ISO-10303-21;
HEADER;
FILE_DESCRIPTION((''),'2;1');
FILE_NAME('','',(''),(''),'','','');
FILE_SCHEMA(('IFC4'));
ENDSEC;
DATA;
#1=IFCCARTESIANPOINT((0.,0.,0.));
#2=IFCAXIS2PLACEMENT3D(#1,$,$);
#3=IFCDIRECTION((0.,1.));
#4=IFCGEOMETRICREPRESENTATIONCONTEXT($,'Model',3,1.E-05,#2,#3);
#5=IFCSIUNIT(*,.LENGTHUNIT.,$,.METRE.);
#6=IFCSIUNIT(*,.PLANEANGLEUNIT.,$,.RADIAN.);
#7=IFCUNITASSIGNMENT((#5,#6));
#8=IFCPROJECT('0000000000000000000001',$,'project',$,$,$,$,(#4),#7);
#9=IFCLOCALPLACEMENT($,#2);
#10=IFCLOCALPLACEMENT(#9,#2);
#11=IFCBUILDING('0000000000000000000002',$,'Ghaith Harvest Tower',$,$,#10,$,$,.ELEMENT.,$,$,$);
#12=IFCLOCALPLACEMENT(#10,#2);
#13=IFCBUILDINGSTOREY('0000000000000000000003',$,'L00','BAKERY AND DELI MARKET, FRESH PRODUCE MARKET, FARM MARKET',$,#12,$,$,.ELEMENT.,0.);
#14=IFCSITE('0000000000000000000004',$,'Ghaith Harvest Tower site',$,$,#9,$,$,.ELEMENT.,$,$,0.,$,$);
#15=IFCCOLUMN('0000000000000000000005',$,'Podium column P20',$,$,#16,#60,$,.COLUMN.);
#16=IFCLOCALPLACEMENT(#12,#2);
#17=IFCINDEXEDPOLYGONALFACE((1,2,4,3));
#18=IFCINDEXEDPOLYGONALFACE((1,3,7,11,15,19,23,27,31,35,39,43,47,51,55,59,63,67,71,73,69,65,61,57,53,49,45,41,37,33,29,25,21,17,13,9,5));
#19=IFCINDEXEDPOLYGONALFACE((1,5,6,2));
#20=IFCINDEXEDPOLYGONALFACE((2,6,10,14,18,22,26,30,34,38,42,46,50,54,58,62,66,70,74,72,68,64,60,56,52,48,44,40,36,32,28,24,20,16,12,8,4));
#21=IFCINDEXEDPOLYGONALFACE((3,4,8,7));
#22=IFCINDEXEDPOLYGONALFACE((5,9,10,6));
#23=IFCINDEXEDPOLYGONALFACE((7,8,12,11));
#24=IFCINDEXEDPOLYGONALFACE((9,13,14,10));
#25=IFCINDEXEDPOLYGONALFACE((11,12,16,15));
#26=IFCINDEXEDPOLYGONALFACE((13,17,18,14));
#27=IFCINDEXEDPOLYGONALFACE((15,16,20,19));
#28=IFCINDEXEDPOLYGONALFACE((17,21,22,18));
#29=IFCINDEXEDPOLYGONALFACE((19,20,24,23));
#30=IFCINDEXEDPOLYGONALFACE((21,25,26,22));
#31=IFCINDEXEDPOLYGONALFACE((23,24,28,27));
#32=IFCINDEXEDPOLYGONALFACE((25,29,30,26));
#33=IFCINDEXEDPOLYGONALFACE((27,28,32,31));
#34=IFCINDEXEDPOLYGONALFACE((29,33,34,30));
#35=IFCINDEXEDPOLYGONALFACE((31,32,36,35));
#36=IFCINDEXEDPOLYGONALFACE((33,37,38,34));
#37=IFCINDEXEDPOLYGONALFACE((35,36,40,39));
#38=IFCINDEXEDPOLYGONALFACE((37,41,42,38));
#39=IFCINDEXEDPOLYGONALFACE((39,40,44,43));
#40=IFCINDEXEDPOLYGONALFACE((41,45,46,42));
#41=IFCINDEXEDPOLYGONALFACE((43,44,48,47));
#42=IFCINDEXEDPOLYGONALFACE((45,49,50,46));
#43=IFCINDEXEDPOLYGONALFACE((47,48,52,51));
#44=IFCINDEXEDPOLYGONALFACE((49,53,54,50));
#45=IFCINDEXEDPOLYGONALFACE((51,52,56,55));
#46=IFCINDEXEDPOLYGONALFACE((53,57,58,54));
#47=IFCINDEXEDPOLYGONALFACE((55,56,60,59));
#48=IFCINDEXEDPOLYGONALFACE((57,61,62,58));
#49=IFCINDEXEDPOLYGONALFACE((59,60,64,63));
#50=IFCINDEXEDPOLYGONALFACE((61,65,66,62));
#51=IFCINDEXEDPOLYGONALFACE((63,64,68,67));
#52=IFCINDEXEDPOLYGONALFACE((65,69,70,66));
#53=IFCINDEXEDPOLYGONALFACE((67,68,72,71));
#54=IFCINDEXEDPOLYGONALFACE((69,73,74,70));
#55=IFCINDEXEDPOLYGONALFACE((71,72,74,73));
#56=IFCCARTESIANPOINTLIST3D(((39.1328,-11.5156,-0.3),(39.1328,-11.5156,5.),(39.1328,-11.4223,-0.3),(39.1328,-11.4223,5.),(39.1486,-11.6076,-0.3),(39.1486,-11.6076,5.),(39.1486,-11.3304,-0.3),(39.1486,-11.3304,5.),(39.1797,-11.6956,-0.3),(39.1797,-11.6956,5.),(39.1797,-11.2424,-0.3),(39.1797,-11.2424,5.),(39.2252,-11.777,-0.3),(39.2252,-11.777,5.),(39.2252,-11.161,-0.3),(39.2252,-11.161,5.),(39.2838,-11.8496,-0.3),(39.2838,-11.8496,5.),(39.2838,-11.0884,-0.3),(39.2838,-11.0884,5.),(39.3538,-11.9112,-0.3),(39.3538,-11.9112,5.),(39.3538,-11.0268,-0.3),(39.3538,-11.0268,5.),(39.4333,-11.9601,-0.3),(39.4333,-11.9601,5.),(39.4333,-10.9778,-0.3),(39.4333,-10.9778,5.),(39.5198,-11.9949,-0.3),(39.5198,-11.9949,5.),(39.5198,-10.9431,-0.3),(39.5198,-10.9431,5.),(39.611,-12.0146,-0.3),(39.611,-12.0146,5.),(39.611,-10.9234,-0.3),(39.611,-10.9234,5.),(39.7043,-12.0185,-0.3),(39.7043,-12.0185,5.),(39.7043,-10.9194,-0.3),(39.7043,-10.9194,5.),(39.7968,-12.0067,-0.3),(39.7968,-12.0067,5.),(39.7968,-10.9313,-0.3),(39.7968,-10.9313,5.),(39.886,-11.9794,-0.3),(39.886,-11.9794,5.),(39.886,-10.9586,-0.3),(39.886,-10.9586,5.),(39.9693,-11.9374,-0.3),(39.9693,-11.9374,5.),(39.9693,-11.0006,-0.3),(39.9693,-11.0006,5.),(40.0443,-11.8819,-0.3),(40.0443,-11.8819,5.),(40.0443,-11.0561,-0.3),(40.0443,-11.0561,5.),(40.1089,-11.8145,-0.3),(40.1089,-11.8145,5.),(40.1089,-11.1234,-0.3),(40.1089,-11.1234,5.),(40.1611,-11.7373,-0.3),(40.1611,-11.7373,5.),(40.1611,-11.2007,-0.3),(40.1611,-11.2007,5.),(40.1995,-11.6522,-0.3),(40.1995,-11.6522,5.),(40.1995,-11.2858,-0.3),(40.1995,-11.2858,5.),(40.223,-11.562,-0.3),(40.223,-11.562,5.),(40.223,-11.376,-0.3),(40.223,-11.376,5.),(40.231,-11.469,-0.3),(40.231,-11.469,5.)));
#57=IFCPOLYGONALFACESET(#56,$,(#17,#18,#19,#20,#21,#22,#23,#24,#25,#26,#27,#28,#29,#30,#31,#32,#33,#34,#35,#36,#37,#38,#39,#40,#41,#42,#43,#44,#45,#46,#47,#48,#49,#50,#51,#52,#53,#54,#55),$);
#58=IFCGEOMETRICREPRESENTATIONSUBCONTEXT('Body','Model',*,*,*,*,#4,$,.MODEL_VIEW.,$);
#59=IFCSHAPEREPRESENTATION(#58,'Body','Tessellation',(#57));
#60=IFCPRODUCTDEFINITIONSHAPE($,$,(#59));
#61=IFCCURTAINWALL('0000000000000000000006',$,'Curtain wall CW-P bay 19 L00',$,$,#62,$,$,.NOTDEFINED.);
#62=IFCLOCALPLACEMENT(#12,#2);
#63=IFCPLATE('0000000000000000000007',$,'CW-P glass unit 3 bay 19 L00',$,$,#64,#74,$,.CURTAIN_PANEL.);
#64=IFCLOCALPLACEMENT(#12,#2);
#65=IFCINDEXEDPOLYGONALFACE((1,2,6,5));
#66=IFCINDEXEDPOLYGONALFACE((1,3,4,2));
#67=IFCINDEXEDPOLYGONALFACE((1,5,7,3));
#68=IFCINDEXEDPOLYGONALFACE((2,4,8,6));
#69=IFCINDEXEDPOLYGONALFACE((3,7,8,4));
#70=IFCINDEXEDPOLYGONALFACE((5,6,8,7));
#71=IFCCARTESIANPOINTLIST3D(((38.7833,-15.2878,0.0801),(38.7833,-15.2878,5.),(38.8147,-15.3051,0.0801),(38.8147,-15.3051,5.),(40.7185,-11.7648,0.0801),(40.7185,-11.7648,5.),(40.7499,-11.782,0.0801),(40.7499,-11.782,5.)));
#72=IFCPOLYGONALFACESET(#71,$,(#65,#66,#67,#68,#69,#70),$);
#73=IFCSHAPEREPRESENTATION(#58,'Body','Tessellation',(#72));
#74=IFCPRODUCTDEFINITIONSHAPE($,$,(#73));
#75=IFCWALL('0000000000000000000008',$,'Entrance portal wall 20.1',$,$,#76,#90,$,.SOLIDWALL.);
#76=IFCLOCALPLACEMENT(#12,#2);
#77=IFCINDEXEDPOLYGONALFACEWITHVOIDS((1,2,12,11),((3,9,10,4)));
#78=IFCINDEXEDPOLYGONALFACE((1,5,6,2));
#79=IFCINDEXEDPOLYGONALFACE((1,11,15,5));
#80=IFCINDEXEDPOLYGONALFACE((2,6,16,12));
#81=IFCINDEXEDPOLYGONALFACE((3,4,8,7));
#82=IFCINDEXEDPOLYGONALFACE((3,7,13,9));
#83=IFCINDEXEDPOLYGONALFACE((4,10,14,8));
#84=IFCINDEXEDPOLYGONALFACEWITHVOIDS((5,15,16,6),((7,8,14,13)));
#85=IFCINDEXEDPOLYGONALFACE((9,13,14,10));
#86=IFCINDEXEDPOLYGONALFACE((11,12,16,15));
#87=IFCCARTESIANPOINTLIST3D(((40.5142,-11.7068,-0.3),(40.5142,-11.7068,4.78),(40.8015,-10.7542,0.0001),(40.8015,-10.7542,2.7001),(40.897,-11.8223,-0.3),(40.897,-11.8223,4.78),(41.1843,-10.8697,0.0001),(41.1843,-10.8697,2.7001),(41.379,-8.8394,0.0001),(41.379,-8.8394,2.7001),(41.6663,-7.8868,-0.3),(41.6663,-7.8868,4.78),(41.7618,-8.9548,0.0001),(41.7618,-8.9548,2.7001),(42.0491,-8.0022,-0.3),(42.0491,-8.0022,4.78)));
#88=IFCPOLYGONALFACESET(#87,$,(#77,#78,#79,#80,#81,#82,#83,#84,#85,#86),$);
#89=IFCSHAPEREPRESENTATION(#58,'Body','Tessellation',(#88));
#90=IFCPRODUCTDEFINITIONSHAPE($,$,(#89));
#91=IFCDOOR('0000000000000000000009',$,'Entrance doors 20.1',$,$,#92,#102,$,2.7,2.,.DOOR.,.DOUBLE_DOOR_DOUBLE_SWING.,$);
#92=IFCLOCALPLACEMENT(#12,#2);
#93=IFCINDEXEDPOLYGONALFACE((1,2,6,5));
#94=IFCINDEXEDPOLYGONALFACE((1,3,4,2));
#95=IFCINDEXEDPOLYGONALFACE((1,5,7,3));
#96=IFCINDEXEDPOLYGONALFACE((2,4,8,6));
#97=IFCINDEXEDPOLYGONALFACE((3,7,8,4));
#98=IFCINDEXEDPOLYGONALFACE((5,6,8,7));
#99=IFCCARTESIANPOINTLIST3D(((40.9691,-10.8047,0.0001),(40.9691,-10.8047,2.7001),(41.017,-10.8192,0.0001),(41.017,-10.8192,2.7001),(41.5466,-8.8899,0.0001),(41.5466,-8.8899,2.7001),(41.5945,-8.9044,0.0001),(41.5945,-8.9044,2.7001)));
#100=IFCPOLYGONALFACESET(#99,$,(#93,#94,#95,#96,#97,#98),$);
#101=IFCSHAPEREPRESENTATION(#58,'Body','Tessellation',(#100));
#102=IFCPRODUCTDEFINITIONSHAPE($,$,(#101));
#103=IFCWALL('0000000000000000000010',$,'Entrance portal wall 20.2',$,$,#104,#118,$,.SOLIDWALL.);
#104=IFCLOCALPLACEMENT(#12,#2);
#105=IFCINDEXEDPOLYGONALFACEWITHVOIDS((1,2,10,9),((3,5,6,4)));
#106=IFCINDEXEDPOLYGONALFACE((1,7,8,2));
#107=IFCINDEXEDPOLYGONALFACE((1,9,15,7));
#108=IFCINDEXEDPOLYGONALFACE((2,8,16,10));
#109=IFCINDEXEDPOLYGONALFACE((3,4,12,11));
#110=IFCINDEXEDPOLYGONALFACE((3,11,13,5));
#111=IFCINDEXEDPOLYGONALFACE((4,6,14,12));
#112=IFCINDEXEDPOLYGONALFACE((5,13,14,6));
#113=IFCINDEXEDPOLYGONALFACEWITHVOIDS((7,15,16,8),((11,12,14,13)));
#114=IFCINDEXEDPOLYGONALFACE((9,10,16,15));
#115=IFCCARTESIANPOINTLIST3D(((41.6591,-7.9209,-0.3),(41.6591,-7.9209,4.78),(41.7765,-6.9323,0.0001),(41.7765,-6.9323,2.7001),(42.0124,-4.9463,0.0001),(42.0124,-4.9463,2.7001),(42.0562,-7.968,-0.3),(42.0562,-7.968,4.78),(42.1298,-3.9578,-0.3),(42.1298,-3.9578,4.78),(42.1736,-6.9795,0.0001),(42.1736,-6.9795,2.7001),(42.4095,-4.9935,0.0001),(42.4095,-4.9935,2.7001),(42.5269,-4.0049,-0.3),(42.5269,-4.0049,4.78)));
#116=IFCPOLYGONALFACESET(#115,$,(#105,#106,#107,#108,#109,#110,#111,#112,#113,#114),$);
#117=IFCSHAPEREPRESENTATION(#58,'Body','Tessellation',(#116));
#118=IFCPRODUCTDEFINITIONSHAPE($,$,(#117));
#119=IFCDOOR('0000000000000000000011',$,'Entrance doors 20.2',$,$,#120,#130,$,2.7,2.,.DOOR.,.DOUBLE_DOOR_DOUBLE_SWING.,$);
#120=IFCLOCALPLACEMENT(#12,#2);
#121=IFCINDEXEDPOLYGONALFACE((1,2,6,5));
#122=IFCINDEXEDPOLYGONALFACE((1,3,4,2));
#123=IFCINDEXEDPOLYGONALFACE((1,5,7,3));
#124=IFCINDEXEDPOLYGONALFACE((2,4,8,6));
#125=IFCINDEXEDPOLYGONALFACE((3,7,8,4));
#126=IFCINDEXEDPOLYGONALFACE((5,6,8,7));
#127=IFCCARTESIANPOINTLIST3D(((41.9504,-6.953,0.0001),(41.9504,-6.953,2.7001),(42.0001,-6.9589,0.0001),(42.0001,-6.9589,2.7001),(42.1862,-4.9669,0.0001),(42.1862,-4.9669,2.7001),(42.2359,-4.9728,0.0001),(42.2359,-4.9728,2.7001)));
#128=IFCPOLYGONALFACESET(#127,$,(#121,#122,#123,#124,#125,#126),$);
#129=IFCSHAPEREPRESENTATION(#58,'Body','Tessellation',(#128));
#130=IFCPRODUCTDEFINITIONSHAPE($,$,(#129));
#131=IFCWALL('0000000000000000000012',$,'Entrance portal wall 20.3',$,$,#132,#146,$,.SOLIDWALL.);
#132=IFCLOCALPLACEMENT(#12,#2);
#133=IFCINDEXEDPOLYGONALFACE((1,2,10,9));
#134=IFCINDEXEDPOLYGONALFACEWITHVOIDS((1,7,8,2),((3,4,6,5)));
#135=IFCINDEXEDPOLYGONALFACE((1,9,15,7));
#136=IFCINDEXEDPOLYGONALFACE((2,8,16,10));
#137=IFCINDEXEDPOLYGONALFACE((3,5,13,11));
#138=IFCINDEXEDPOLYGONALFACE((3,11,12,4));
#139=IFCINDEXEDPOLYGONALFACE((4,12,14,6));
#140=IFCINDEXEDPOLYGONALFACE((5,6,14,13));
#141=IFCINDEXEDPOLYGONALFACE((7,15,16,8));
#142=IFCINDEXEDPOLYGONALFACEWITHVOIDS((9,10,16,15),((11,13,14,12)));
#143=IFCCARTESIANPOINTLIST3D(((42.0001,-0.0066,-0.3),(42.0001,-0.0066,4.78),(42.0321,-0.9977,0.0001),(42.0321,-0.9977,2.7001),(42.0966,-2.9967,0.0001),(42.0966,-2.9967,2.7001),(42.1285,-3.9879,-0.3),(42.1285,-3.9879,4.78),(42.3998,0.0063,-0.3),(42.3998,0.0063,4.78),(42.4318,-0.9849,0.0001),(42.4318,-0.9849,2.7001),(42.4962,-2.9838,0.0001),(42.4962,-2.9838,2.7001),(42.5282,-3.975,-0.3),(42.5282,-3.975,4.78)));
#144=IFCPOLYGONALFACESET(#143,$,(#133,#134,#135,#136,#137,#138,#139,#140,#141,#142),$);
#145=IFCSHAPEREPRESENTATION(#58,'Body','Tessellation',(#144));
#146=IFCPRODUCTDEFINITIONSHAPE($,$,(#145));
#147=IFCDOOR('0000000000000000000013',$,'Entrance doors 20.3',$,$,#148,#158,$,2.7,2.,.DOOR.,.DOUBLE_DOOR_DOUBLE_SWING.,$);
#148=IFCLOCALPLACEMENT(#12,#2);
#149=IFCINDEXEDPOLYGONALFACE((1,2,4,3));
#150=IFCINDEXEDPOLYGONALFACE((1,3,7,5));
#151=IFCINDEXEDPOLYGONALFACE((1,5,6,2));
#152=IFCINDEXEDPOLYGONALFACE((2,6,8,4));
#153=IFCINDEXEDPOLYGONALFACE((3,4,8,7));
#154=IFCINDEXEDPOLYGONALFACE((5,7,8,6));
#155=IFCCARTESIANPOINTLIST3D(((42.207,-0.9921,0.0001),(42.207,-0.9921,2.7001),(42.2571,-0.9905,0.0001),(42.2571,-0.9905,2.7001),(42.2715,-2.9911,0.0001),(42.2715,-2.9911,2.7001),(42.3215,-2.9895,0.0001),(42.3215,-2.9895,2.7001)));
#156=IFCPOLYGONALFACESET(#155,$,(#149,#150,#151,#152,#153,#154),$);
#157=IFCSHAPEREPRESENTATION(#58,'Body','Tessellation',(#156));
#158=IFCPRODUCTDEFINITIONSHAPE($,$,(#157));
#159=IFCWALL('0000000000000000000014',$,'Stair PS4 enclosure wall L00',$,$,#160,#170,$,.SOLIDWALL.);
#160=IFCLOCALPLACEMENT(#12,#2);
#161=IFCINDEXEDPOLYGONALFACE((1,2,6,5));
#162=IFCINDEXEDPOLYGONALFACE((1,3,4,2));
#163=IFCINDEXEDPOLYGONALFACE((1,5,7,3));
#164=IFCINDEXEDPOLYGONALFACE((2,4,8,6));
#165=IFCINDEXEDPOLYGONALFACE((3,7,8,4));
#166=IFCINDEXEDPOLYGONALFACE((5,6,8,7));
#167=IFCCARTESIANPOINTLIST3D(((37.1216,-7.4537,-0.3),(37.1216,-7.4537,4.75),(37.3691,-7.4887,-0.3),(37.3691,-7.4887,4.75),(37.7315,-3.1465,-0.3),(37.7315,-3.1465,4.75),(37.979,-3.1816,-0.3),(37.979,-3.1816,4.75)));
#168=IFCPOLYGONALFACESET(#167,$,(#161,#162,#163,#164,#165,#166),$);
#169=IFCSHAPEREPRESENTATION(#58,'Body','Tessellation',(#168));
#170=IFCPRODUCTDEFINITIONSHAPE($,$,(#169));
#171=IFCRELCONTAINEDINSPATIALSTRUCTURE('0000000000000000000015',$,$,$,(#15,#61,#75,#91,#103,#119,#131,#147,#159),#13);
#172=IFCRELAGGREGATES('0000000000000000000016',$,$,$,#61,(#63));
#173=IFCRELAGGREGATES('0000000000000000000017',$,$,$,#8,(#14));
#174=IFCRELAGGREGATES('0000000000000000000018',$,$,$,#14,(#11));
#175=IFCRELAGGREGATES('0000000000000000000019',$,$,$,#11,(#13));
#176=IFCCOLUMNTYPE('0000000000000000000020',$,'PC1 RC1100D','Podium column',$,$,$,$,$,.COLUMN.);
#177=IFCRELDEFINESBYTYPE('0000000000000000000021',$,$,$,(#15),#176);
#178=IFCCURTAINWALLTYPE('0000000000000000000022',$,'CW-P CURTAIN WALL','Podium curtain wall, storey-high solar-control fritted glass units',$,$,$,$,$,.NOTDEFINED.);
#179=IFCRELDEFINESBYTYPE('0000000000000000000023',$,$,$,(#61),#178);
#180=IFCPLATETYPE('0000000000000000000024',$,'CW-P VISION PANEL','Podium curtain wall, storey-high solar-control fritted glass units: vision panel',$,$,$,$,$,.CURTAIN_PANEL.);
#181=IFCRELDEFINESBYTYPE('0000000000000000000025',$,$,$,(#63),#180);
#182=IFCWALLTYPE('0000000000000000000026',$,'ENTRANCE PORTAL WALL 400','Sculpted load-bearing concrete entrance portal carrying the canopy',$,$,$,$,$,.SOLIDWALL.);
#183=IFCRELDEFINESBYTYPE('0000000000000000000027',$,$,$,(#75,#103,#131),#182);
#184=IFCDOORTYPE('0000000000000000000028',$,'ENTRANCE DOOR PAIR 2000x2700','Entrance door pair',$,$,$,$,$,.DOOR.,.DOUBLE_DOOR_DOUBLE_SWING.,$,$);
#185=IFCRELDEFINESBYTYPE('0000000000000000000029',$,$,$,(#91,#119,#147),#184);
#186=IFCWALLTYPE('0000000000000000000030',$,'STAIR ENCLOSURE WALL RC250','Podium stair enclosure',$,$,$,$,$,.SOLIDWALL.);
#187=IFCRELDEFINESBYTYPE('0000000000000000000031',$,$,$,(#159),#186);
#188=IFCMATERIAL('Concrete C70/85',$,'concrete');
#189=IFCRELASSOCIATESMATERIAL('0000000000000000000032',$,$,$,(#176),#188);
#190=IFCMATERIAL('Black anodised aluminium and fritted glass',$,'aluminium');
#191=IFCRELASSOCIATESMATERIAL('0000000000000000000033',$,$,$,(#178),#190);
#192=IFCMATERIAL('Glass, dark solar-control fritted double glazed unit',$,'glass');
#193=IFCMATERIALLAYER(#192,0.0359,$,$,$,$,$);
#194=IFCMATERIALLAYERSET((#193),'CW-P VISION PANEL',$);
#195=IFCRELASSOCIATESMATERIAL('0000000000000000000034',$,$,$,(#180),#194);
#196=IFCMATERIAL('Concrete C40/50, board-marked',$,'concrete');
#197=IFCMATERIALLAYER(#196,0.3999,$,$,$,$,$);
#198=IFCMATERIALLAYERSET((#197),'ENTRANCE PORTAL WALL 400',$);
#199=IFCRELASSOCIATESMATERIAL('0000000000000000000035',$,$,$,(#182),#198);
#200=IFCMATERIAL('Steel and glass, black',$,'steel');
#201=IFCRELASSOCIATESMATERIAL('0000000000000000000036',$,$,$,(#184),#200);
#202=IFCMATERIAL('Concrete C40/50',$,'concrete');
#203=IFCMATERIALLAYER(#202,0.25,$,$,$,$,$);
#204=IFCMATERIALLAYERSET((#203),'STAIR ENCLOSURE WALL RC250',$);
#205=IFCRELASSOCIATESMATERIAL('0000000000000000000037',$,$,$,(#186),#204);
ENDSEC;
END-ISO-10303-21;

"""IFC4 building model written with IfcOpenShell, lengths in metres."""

from ifc_helpers import new_model, si_unit, direction, frame, frame_2d, origin, origin_2d, place, context, subcontext, project, spatial, rectangle, circle, extrude, material, layer, layer_set, material_profile, profile_set, type_object, element, fill, aggregate, save


model = new_model("IFC4")

# Units and contexts
model_context = context("Model", 3, precision=1e-05, world=origin(), true_north=direction((0.0, 1.0)))
body_context = subcontext(model_context, "Body", "Model", "MODEL_VIEW")
ifc_project = project(units=[si_unit("LENGTHUNIT", "METRE"), si_unit("PLANEANGLEUNIT", "RADIAN")], contexts=[model_context])

# Site, building, storey
site_placement = place(None, origin())
site = spatial("IfcSite", under=ifc_project, at=site_placement, Name="Ghaith Harvest Tower site", CompositionType="ELEMENT", RefElevation=0.0)
building_placement = place(site_placement, origin())
building = spatial("IfcBuilding", under=site, at=building_placement, Name="Ghaith Harvest Tower", CompositionType="ELEMENT")
storey_placement = place(building_placement, origin())
storey = spatial("IfcBuildingStorey", under=building, at=storey_placement, Name="L00", Description="BAKERY AND DELI MARKET, FRESH PRODUCE MARKET, FARM MARKET", CompositionType="ELEMENT", Elevation=0.0)

# Column
ifc_material_1 = material(Name="Concrete C70/85", Category="concrete")
ifc_material_profile_1 = material_profile(ifc_material_1, circle(Radius=0.55, at=origin_2d()), Name="RC1100D")
ifc_profile_set_1 = profile_set([ifc_material_profile_1], Name="Concrete C70/85")
column_type = type_object("IfcColumnType", Name="PC1 RC1100D", Description="Podium column", PredefinedType="COLUMN", material=ifc_profile_set_1)
column_placement = place(storey_placement, frame((39.6809, -11.469, -0.3), z_axis=(0.0, 0.0, 1.0), x_axis=(1.0, 0.0, 0.0)))
element("IfcColumn", 1, at=column_placement, inside=storey, type_object=column_type, Name="Podium column P20", PredefinedType="COLUMN", context=body_context, shape_type="SweptSolid", body=[
    extrude(circle(Radius=0.55, at=origin_2d()), origin(), (0.0, 0.0, 1.0), 5.3),
])

# Curtain wall, plate
ifc_material_2 = material(Name="Black anodised aluminium and fritted glass", Category="aluminium")
curtain_wall_type = type_object("IfcCurtainWallType", Name="CW-P CURTAIN WALL", Description="Podium curtain wall, storey-high solar-control fritted glass units", PredefinedType="NOTDEFINED", material=ifc_material_2)
curtain_wall_placement = place(storey_placement, origin())
curtain_wall = element("IfcCurtainWall", 2, at=curtain_wall_placement, inside=storey, type_object=curtain_wall_type, Name="Curtain wall CW-P bay 19 L00", PredefinedType="NOTDEFINED")
ifc_material_3 = material(Name="Glass, dark solar-control fritted double glazed unit", Category="glass")
ifc_layer_1 = layer(ifc_material_3, 0.0359)
ifc_layer_set_1 = layer_set([ifc_layer_1], Name="CW-P VISION PANEL")
plate_type = type_object("IfcPlateType", Name="CW-P VISION PANEL", Description="Podium curtain wall, storey-high solar-control fritted glass units: vision panel", PredefinedType="CURTAIN_PANEL", material=ifc_layer_set_1)
plate_placement = place(storey_placement, frame((39.7666, -13.5349, 0.0801), z_axis=(0.0, 0.0, 1.0), x_axis=(0.481454, 0.876471, 0.0)))
plate = element("IfcPlate", 3, at=plate_placement, type_object=plate_type, Name="CW-P glass unit 3 bay 19 L00", PredefinedType="CURTAIN_PANEL", context=body_context, shape_type="SweptSolid", body=[
    extrude(rectangle(XDim=4.0195, YDim=0.0359, at=origin_2d()), origin(), (0.0, 0.0, 1.0), 4.9199),
])
aggregate(curtain_wall, [plate])

# Walls, openings, doors
ifc_material_4 = material(Name="Concrete C40/50, board-marked", Category="concrete")
ifc_layer_2 = layer(ifc_material_4, 0.3999)
ifc_layer_set_2 = layer_set([ifc_layer_2], Name="ENTRANCE PORTAL WALL 400")
wall_type_1 = type_object("IfcWallType", Name="ENTRANCE PORTAL WALL 400", Description="Sculpted load-bearing concrete entrance portal carrying the canopy", PredefinedType="SOLIDWALL", material=ifc_layer_set_2)
wall_1_placement = place(storey_placement, frame((40.7056, -11.7646, -0.3), z_axis=(0.0, 0.0, 1.0), x_axis=(0.288745, 0.957406, 0.0)))
wall_1 = element("IfcWall", 4, at=wall_1_placement, inside=storey, type_object=wall_type_1, Name="Entrance portal wall 20.1", PredefinedType="SOLIDWALL", context=body_context, shape_type="SweptSolid", body=[
    extrude(rectangle(XDim=3.99, YDim=0.3999, at=frame_2d((1.9951, 0.0))), origin(), (0.0, 0.0, 1.0), 5.0801),
])
opening_1_placement = place(wall_1_placement, frame((0.9951, 0.0, 0.3)))
opening_1 = element("IfcOpeningElement", 5, at=opening_1_placement, cuts=wall_1, PredefinedType="OPENING", context=body_context, shape_type="SweptSolid", body=[
    extrude(rectangle(XDim=2.0, YDim=2.7, at=frame_2d((1.0, 1.3501))), frame((0.0, 0.21, 0.0), z_axis=(0.0, -1.0, 0.0), x_axis=(1.0, 0.0, 0.0)), (0.0, 0.0, 1.0), 0.4199),
])
ifc_material_5 = material(Name="Steel and glass, black", Category="steel")
door_type = type_object("IfcDoorType", Name="ENTRANCE DOOR PAIR 2000x2700", Description="Entrance door pair", OperationType="DOUBLE_DOOR_DOUBLE_SWING", PredefinedType="DOOR", material=ifc_material_5)
door_1_placement = place(opening_1_placement, origin())
door_1 = element("IfcDoor", 6, at=door_1_placement, inside=storey, type_object=door_type, Name="Entrance doors 20.1", OperationType="DOUBLE_DOOR_DOUBLE_SWING", OverallHeight=2.7, OverallWidth=2.0, PredefinedType="DOOR", context=body_context, shape_type="SweptSolid", body=[
    extrude(rectangle(XDim=2.0, YDim=2.7, at=frame_2d((1.0, 1.3501))), frame((0.0, 0.0249, 0.0), z_axis=(0.0, -1.0, 0.0), x_axis=(1.0, 0.0, 0.0)), (0.0, 0.0, 1.0), 0.05),
])
fill(opening_1, door_1)
wall_2_placement = place(storey_placement, frame((41.8577, -7.9446, -0.3), z_axis=(0.0, 0.0, 1.0), x_axis=(0.117941, 0.993021, 0.0)))
wall_2 = element("IfcWall", 7, at=wall_2_placement, inside=storey, type_object=wall_type_1, Name="Entrance portal wall 20.2", PredefinedType="SOLIDWALL", context=body_context, shape_type="SweptSolid", body=[
    extrude(rectangle(XDim=3.991, YDim=0.3999, at=frame_2d((1.9956, 0.0))), origin(), (0.0, 0.0, 1.0), 5.0801),
])
opening_2_placement = place(wall_2_placement, frame((0.9956, 0.0, 0.3)))
opening_2 = element("IfcOpeningElement", 8, at=opening_2_placement, cuts=wall_2, PredefinedType="OPENING", context=body_context, shape_type="SweptSolid", body=[
    extrude(rectangle(XDim=2.0, YDim=2.7, at=frame_2d((1.0, 1.3501))), frame((0.0, 0.21, 0.0), z_axis=(0.0, -1.0, 0.0), x_axis=(1.0, 0.0, 0.0)), (0.0, 0.0, 1.0), 0.4199),
])
door_2_placement = place(opening_2_placement, origin())
door_2 = element("IfcDoor", 9, at=door_2_placement, inside=storey, type_object=door_type, Name="Entrance doors 20.2", OperationType="DOUBLE_DOOR_DOUBLE_SWING", OverallHeight=2.7, OverallWidth=2.0, PredefinedType="DOOR", context=body_context, shape_type="SweptSolid", body=[
    extrude(rectangle(XDim=2.0, YDim=2.7, at=frame_2d((1.0, 1.3501))), frame((0.0, 0.0249, 0.0), z_axis=(0.0, -1.0, 0.0), x_axis=(1.0, 0.0, 0.0)), (0.0, 0.0, 1.0), 0.05),
])
fill(opening_2, door_2)
wall_3_placement = place(storey_placement, frame((42.3284, -3.9814, -0.3), z_axis=(0.0, 0.0, 1.0), x_axis=(-0.032237, 0.99948, 0.0)))
wall_3 = element("IfcWall", 10, at=wall_3_placement, inside=storey, type_object=wall_type_1, Name="Entrance portal wall 20.3", PredefinedType="SOLIDWALL", context=body_context, shape_type="SweptSolid", body=[
    extrude(rectangle(XDim=3.9834, YDim=0.3999, at=frame_2d((1.9917, 0.0))), origin(), (0.0, 0.0, 1.0), 5.0801),
])
opening_3_placement = place(wall_3_placement, frame((0.9917, 0.0, 0.3)))
opening_3 = element("IfcOpeningElement", 11, at=opening_3_placement, cuts=wall_3, PredefinedType="OPENING", context=body_context, shape_type="SweptSolid", body=[
    extrude(rectangle(XDim=2.0, YDim=2.7, at=frame_2d((1.0, 1.3501))), frame((0.0, 0.21, 0.0), z_axis=(0.0, -1.0, 0.0), x_axis=(1.0, 0.0, 0.0)), (0.0, 0.0, 1.0), 0.4199),
])
door_3_placement = place(opening_3_placement, origin())
door_3 = element("IfcDoor", 12, at=door_3_placement, inside=storey, type_object=door_type, Name="Entrance doors 20.3", OperationType="DOUBLE_DOOR_DOUBLE_SWING", OverallHeight=2.7, OverallWidth=2.0, PredefinedType="DOOR", context=body_context, shape_type="SweptSolid", body=[
    extrude(rectangle(XDim=2.0, YDim=2.7, at=frame_2d((1.0, 1.3501))), frame((0.0, 0.0249, 0.0), z_axis=(0.0, -1.0, 0.0), x_axis=(1.0, 0.0, 0.0)), (0.0, 0.0, 1.0), 0.05),
])
fill(opening_3, door_3)

# Wall
ifc_material_6 = material(Name="Concrete C40/50", Category="concrete")
ifc_layer_3 = layer(ifc_material_6, 0.25)
ifc_layer_set_3 = layer_set([ifc_layer_3], Name="STAIR ENCLOSURE WALL RC250")
wall_type_2 = type_object("IfcWallType", Name="STAIR ENCLOSURE WALL RC250", Description="Podium stair enclosure", PredefinedType="SOLIDWALL", material=ifc_layer_set_3)
wall_4_placement = place(storey_placement, frame((37.8552, -3.1641, -0.3), z_axis=(0.0, 0.0, 1.0), x_axis=(-0.140196, -0.990124, 0.0)))
element("IfcWall", 13, at=wall_4_placement, inside=storey, type_object=wall_type_2, Name="Stair PS4 enclosure wall L00", PredefinedType="SOLIDWALL", context=body_context, shape_type="SweptSolid", body=[
    extrude(rectangle(XDim=4.3501, YDim=0.25, at=frame_2d((2.175, 0.0))), origin(), (0.0, 0.0, 1.0), 5.05),
])

save(model, "model.ifc")
